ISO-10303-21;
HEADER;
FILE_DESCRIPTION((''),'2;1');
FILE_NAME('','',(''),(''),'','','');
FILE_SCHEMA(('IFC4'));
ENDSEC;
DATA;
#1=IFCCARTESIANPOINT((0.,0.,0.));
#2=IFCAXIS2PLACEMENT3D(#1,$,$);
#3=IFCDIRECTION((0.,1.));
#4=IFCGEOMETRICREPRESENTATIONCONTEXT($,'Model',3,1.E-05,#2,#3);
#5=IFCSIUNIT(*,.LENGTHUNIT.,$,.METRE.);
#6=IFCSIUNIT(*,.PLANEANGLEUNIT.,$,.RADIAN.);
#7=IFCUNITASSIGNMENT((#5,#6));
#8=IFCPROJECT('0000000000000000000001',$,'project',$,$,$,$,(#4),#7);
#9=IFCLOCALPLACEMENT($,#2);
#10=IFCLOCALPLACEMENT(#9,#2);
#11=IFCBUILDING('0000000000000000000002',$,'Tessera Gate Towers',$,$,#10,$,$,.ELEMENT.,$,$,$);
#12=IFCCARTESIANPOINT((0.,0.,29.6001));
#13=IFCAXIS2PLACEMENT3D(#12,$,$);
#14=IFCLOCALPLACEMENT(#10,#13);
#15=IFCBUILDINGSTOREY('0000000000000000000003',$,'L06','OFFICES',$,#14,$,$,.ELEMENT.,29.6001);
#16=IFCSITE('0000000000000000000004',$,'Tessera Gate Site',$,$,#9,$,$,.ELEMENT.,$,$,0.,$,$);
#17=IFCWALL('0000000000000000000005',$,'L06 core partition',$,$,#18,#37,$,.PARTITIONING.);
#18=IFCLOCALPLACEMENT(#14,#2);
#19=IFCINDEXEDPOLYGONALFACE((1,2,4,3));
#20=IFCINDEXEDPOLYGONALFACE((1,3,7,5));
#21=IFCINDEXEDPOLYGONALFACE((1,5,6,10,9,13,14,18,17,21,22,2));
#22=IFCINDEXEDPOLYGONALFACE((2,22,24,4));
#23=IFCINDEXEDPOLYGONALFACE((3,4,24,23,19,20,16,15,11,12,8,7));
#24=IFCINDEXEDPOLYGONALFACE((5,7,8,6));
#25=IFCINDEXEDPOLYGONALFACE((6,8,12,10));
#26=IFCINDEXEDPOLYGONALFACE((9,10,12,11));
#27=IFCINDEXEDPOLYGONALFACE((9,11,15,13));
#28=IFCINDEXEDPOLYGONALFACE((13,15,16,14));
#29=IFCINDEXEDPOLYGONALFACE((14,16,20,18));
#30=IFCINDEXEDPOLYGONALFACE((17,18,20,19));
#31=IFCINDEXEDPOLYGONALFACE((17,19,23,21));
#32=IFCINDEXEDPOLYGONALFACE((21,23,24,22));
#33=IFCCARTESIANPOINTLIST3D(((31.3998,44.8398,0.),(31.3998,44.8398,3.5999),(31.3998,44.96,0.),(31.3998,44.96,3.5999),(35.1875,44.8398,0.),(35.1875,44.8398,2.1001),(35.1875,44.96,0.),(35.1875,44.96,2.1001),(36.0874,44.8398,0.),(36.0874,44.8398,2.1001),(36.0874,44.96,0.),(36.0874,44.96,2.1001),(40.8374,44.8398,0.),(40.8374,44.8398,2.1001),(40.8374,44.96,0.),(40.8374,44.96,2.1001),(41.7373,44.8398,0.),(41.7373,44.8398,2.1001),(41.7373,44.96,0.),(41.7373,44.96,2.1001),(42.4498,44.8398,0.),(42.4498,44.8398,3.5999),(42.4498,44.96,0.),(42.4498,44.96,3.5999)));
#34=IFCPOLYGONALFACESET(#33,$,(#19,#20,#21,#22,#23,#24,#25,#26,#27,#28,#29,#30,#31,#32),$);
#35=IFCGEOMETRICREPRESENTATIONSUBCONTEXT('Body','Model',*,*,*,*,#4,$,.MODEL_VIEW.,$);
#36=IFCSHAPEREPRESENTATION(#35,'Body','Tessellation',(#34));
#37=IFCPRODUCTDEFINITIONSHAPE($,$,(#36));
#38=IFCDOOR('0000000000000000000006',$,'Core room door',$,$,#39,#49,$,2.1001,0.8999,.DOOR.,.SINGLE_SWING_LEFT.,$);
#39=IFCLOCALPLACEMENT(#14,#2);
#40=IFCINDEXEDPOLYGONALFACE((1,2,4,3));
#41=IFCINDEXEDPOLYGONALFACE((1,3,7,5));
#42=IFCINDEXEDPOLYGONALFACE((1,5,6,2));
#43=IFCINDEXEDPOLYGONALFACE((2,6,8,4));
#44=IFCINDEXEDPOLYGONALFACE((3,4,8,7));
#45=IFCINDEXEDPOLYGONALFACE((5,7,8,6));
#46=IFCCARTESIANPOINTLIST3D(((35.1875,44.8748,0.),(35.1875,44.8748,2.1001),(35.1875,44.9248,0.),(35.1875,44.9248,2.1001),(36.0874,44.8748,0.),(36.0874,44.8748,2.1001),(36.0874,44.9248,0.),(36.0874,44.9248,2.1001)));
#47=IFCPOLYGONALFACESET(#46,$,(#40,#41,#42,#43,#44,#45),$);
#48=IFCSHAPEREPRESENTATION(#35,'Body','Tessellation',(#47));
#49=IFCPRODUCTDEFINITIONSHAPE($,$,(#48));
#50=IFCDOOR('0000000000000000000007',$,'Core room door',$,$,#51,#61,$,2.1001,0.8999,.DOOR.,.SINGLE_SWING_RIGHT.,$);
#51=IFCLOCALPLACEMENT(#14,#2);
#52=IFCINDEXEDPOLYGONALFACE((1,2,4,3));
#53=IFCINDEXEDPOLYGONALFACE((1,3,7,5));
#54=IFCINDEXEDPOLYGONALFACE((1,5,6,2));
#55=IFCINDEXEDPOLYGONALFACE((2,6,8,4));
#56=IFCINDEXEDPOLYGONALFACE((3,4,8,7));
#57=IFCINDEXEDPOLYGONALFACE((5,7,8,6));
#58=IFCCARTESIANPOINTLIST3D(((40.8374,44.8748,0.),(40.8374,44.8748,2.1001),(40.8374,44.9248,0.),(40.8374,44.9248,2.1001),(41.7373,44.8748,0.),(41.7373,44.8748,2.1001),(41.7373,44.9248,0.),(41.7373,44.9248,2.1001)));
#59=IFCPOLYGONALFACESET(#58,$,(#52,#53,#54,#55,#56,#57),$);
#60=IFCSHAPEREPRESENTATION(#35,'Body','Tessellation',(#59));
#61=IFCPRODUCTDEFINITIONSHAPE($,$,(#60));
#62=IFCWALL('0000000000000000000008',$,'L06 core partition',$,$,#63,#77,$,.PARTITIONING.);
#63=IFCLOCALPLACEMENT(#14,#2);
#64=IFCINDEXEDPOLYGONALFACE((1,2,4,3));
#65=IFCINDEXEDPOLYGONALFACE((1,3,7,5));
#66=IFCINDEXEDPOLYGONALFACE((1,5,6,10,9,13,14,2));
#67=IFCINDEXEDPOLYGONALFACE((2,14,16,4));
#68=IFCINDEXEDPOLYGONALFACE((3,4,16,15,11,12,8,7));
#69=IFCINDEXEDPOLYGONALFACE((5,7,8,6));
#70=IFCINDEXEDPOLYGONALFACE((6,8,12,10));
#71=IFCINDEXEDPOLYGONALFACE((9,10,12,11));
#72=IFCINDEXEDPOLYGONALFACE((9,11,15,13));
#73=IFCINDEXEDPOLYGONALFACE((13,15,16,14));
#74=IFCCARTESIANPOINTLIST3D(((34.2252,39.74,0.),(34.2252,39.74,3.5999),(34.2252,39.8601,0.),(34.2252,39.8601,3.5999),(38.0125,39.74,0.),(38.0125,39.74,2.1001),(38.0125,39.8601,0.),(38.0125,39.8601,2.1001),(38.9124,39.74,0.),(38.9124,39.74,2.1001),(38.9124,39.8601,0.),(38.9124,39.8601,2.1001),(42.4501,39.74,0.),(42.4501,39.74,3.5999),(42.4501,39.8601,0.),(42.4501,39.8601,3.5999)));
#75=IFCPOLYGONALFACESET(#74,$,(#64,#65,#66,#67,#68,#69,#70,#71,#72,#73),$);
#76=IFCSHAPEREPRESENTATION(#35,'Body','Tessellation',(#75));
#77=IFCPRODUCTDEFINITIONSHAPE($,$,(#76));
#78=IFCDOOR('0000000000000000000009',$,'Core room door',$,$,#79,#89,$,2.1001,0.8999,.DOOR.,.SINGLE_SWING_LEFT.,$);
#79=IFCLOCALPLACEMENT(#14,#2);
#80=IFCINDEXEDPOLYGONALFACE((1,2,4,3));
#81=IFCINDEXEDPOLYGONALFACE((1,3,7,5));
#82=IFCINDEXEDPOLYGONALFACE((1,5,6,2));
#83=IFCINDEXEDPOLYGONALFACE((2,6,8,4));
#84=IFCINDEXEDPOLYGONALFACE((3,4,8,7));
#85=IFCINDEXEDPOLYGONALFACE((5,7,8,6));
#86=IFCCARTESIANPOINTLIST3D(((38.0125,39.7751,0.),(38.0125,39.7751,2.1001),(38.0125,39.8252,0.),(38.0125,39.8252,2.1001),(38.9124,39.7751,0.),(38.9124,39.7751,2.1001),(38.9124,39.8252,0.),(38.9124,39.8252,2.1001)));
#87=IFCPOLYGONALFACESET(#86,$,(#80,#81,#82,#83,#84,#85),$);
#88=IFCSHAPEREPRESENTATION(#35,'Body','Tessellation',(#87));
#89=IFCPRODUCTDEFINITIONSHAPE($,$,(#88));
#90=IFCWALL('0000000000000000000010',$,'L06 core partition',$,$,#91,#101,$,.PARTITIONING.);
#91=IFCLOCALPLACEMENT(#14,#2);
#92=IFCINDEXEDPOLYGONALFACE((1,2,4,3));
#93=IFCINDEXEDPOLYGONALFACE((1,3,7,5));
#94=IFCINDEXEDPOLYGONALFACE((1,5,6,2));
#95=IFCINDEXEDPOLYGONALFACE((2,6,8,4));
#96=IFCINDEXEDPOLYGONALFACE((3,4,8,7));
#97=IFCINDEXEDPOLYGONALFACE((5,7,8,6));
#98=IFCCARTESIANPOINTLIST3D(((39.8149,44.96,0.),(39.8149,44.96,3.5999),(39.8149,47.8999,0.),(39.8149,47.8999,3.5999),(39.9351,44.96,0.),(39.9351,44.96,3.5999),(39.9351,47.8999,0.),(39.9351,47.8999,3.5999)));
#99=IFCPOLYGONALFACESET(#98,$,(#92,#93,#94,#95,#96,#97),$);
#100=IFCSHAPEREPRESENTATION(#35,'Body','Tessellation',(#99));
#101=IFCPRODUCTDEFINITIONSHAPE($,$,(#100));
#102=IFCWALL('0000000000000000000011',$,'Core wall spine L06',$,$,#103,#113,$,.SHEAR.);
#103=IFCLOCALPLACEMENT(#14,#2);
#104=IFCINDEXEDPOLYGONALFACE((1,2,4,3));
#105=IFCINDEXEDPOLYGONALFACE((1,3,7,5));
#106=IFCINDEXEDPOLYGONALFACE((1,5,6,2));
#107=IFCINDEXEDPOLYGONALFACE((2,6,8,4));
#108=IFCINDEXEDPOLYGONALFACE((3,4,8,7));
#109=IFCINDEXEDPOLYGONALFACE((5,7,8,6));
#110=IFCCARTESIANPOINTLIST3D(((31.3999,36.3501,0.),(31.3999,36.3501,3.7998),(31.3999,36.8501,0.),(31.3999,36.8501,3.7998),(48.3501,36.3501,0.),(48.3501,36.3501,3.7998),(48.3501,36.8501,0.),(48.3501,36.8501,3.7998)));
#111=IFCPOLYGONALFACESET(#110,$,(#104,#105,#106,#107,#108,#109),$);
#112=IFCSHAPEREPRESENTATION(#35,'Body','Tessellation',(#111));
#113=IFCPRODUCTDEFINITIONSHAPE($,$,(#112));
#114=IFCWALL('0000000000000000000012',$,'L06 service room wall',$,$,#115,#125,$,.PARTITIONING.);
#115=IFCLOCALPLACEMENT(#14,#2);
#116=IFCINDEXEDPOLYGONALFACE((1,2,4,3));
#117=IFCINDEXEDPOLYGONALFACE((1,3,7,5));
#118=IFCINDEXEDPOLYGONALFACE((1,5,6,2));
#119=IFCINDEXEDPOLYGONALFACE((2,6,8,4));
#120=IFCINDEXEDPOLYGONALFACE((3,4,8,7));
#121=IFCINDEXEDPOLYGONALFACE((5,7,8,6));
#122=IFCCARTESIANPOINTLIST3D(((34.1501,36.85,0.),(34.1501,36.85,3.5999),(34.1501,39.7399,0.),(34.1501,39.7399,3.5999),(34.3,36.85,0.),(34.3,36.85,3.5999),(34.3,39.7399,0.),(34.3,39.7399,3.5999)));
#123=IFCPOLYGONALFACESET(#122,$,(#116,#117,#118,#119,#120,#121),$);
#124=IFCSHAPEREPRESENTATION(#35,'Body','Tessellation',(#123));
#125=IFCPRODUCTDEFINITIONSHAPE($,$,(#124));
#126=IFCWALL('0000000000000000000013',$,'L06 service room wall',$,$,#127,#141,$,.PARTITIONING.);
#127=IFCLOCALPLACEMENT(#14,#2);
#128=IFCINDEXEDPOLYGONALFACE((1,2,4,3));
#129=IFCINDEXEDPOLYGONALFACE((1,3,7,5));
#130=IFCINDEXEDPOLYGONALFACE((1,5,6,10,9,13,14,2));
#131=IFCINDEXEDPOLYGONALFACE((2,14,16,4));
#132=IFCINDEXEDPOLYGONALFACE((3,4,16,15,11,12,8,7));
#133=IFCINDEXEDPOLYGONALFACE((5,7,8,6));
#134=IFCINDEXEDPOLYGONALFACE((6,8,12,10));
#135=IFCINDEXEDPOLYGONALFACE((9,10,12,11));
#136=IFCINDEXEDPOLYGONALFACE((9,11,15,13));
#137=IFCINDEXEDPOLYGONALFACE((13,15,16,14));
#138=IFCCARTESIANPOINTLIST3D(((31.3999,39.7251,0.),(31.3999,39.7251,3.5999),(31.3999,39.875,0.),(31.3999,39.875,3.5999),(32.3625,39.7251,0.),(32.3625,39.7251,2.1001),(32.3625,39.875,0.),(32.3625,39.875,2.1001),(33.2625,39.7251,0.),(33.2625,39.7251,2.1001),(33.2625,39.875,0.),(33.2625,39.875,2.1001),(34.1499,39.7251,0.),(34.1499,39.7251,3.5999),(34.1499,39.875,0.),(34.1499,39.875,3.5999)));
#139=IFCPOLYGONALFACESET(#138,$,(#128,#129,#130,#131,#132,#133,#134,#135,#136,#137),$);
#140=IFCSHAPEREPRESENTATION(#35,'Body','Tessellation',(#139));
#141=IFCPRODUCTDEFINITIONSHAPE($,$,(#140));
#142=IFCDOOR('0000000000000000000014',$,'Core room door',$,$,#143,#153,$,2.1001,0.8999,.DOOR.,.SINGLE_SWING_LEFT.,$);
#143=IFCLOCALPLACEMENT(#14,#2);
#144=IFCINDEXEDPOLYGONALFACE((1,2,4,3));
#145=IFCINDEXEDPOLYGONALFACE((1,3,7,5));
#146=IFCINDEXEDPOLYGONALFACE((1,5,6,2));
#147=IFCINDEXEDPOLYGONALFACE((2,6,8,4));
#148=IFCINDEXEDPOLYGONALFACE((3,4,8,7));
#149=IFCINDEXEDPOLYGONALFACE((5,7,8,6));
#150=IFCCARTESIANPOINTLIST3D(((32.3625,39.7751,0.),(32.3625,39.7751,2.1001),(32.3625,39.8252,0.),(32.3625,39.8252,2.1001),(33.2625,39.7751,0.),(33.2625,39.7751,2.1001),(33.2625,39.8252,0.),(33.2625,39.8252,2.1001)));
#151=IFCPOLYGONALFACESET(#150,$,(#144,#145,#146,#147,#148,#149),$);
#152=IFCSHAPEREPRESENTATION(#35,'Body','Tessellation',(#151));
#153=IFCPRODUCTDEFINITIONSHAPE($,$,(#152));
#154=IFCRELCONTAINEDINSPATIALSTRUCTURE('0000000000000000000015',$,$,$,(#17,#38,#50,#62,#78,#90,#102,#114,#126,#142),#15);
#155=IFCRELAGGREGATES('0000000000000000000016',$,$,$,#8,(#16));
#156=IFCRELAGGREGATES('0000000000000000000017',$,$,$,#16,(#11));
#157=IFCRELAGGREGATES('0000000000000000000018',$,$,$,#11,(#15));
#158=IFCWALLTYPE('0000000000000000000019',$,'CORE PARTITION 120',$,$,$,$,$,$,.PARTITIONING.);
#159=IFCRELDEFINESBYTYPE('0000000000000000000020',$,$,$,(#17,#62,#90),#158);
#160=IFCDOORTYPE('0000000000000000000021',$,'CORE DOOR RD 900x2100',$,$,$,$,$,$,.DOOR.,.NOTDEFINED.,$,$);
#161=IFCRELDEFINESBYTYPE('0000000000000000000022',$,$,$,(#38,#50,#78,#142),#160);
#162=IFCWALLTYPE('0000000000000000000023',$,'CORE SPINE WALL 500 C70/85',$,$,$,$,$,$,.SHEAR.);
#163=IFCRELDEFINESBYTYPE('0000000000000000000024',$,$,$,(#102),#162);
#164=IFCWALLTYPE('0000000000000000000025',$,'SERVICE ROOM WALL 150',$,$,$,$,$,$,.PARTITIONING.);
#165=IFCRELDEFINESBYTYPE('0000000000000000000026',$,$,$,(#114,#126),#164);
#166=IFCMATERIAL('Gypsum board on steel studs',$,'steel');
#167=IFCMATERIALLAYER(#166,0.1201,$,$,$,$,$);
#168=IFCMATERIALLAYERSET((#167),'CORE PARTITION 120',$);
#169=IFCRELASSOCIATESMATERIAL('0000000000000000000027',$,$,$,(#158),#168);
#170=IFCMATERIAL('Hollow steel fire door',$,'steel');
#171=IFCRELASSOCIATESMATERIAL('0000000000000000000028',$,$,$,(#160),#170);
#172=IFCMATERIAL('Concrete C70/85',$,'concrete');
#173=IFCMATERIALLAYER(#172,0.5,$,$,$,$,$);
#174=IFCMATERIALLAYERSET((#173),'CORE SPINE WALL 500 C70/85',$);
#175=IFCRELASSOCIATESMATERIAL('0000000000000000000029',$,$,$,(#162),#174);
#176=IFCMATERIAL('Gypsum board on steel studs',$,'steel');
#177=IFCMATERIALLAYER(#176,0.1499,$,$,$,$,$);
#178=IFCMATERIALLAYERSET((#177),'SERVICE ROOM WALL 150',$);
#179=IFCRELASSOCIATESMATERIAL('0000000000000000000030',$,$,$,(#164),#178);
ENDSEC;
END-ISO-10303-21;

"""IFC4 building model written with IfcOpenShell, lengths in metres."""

from ifc_helpers import new_model, si_unit, direction, frame, frame_2d, origin, place, context, subcontext, project, spatial, rectangle, extrude, source, transform, mapped, material, layer, layer_set, type_object, element, fill, save


model = new_model("IFC4")

# Units and contexts
model_context = context("Model", 3, precision=1e-05, world=origin(), true_north=direction((0.0, 1.0)))
body_context = subcontext(model_context, "Body", "Model", "MODEL_VIEW")
ifc_project = project(units=[si_unit("LENGTHUNIT", "METRE"), si_unit("PLANEANGLEUNIT", "RADIAN")], contexts=[model_context])

# Site, building, storey
site_placement = place(None, origin())
site = spatial("IfcSite", under=ifc_project, at=site_placement, Name="Tessera Gate Site", CompositionType="ELEMENT", RefElevation=0.0)
building_placement = place(site_placement, origin())
building = spatial("IfcBuilding", under=site, at=building_placement, Name="Tessera Gate Towers", CompositionType="ELEMENT")
storey_placement = place(building_placement, frame((0.0, 0.0, 29.6001)))
storey = spatial("IfcBuildingStorey", under=building, at=storey_placement, Name="L06", Description="OFFICES", CompositionType="ELEMENT", Elevation=29.6001)

# Wall, openings, doors
ifc_material_1 = material(Name="Gypsum board on steel studs", Category="steel")
ifc_layer_1 = layer(ifc_material_1, 0.1201)
ifc_layer_set_1 = layer_set([ifc_layer_1], Name="CORE PARTITION 120")
wall_type_1 = type_object("IfcWallType", Name="CORE PARTITION 120", PredefinedType="PARTITIONING", material=ifc_layer_set_1)
wall_1_placement = place(storey_placement, frame((31.3999, 44.8999, 0.0), z_axis=(0.0, 0.0, 1.0), x_axis=(1.0, 0.0, 0.0)))
wall_1 = element("IfcWall", 1, at=wall_1_placement, inside=storey, type_object=wall_type_1, Name="L06 core partition", PredefinedType="PARTITIONING", context=body_context, shape_type="SweptSolid", body=[
    extrude(rectangle(XDim=11.05, YDim=0.1201, at=frame_2d((5.5249, 0.0))), origin(), (0.0, 0.0, 1.0), 3.5999),
])
shared_shape_1 = source(origin(), body_context, "Body", "SweptSolid", [
    extrude(rectangle(XDim=0.8999, YDim=2.1001, at=frame_2d((0.45, 1.05))), frame((0.0, 0.0701, 0.0), z_axis=(0.0, -1.0, 0.0), x_axis=(1.0, 0.0, 0.0)), (0.0, 0.0, 1.0), 0.1401),
])
opening_1_placement = place(wall_1_placement, frame((3.7876, 0.0, 0.0)))
opening_1 = element("IfcOpeningElement", 2, at=opening_1_placement, cuts=wall_1, PredefinedType="OPENING", context=body_context, shape_type="MappedRepresentation", body=[
    mapped(shared_shape_1, transform((0.0, 0.0, 0.0), scale=1.0)),
])
opening_2_placement = place(wall_1_placement, frame((9.4375, 0.0, 0.0)))
opening_2 = element("IfcOpeningElement", 3, at=opening_2_placement, cuts=wall_1, PredefinedType="OPENING", context=body_context, shape_type="MappedRepresentation", body=[
    mapped(shared_shape_1, transform((0.0, 0.0, 0.0), scale=1.0)),
])
ifc_material_2 = material(Name="Hollow steel fire door", Category="steel")
door_type_1 = type_object("IfcDoorType", Name="CORE DOOR RD 900x2100", OperationType="NOTDEFINED", PredefinedType="DOOR", material=ifc_material_2)
shared_shape_2 = source(origin(), body_context, "Body", "SweptSolid", [
    extrude(rectangle(XDim=0.8999, YDim=2.1001, at=frame_2d((0.45, 1.05))), frame((0.0, 0.0249, 0.0), z_axis=(0.0, -1.0, 0.0), x_axis=(1.0, 0.0, 0.0)), (0.0, 0.0, 1.0), 0.05),
])
door_1_placement = place(opening_1_placement, origin())
door_1 = element("IfcDoor", 4, at=door_1_placement, inside=storey, type_object=door_type_1, Name="Core room door", OperationType="SINGLE_SWING_LEFT", OverallHeight=2.1001, OverallWidth=0.8999, PredefinedType="DOOR", context=body_context, shape_type="MappedRepresentation", body=[
    mapped(shared_shape_2, transform((0.0, 0.0, 0.0), scale=1.0)),
])
fill(opening_1, door_1)
door_2_placement = place(opening_2_placement, origin())
door_2 = element("IfcDoor", 5, at=door_2_placement, inside=storey, type_object=door_type_1, Name="Core room door", OperationType="SINGLE_SWING_RIGHT", OverallHeight=2.1001, OverallWidth=0.8999, PredefinedType="DOOR", context=body_context, shape_type="MappedRepresentation", body=[
    mapped(shared_shape_2, transform((0.0, 0.0, 0.0), scale=1.0)),
])
fill(opening_2, door_2)

# Wall, opening, door
wall_2_placement = place(storey_placement, frame((42.45, 39.8, 0.0), z_axis=(0.0, 0.0, 1.0), x_axis=(-1.0, 0.0, 0.0)))
wall_2 = element("IfcWall", 6, at=wall_2_placement, inside=storey, type_object=wall_type_1, Name="L06 core partition", PredefinedType="PARTITIONING", context=body_context, shape_type="SweptSolid", body=[
    extrude(rectangle(XDim=8.2249, YDim=0.1201, at=frame_2d((4.1123, 0.0))), origin(), (0.0, 0.0, 1.0), 3.5999),
])
opening_3_placement = place(wall_2_placement, frame((3.5376, 0.0, 0.0)))
opening_3 = element("IfcOpeningElement", 7, at=opening_3_placement, cuts=wall_2, PredefinedType="OPENING", context=body_context, shape_type="MappedRepresentation", body=[
    mapped(shared_shape_1, transform((0.0, 0.0, 0.0), scale=1.0)),
])
door_3_placement = place(opening_3_placement, origin())
door_3 = element("IfcDoor", 8, at=door_3_placement, inside=storey, type_object=door_type_1, Name="Core room door", OperationType="SINGLE_SWING_LEFT", OverallHeight=2.1001, OverallWidth=0.8999, PredefinedType="DOOR", context=body_context, shape_type="MappedRepresentation", body=[
    mapped(shared_shape_2, transform((0.0, 0.0, 0.0), scale=1.0)),
])
fill(opening_3, door_3)

# Walls
wall_3_placement = place(storey_placement, frame((39.875, 44.96, 0.0), z_axis=(0.0, 0.0, 1.0), x_axis=(0.0, 1.0, 0.0)))
element("IfcWall", 9, at=wall_3_placement, inside=storey, type_object=wall_type_1, Name="L06 core partition", PredefinedType="PARTITIONING", context=body_context, shape_type="SweptSolid", body=[
    extrude(rectangle(XDim=2.9399, YDim=0.1201, at=frame_2d((1.47, 0.0))), origin(), (0.0, 0.0, 1.0), 3.5999),
])
ifc_material_3 = material(Name="Concrete C70/85", Category="concrete")
ifc_layer_2 = layer(ifc_material_3, 0.5)
ifc_layer_set_2 = layer_set([ifc_layer_2], Name="CORE SPINE WALL 500 C70/85")
wall_type_2 = type_object("IfcWallType", Name="CORE SPINE WALL 500 C70/85", PredefinedType="SHEAR", material=ifc_layer_set_2)
wall_4_placement = place(storey_placement, frame((31.3999, 36.6001, 0.0), z_axis=(0.0, 0.0, 1.0), x_axis=(1.0, 0.0, 0.0)))
element("IfcWall", 10, at=wall_4_placement, inside=storey, type_object=wall_type_2, Name="Core wall spine L06", PredefinedType="SHEAR", context=body_context, shape_type="SweptSolid", body=[
    extrude(rectangle(XDim=16.9502, YDim=0.5, at=frame_2d((8.4751, 0.0))), origin(), (0.0, 0.0, 1.0), 3.7998),
])
ifc_material_4 = material(Name="Gypsum board on steel studs", Category="steel")
ifc_layer_3 = layer(ifc_material_4, 0.1499)
ifc_layer_set_3 = layer_set([ifc_layer_3], Name="SERVICE ROOM WALL 150")
wall_type_3 = type_object("IfcWallType", Name="SERVICE ROOM WALL 150", PredefinedType="PARTITIONING", material=ifc_layer_set_3)
wall_5_placement = place(storey_placement, frame((34.2251, 36.8501, 0.0), z_axis=(0.0, 0.0, 1.0), x_axis=(0.0, 1.0, 0.0)))
element("IfcWall", 11, at=wall_5_placement, inside=storey, type_object=wall_type_3, Name="L06 service room wall", PredefinedType="PARTITIONING", context=body_context, shape_type="SweptSolid", body=[
    extrude(rectangle(XDim=2.8899, YDim=0.1499, at=frame_2d((1.4448, 0.0))), origin(), (0.0, 0.0, 1.0), 3.5999),
])

# Wall, opening, door
wall_6_placement = place(storey_placement, frame((34.1499, 39.8, 0.0), z_axis=(0.0, 0.0, 1.0), x_axis=(-1.0, 0.0, 0.0)))
wall_6 = element("IfcWall", 12, at=wall_6_placement, inside=storey, type_object=wall_type_3, Name="L06 service room wall", PredefinedType="PARTITIONING", context=body_context, shape_type="SweptSolid", body=[
    extrude(rectangle(XDim=2.75, YDim=0.1499, at=frame_2d((1.375, 0.0))), origin(), (0.0, 0.0, 1.0), 3.5999),
])
shared_shape_3 = source(origin(), body_context, "Body", "SweptSolid", [
    extrude(rectangle(XDim=0.8999, YDim=2.1001, at=frame_2d((0.45, 1.05))), frame((0.0, 0.085, 0.0), z_axis=(0.0, -1.0, 0.0), x_axis=(1.0, 0.0, 0.0)), (0.0, 0.0, 1.0), 0.1699),
])
opening_4_placement = place(wall_6_placement, frame((0.8875, 0.0, 0.0)))
opening_4 = element("IfcOpeningElement", 13, at=opening_4_placement, cuts=wall_6, PredefinedType="OPENING", context=body_context, shape_type="MappedRepresentation", body=[
    mapped(shared_shape_3, transform((0.0, 0.0, 0.0), scale=1.0)),
])
door_4_placement = place(opening_4_placement, origin())
door_4 = element("IfcDoor", 14, at=door_4_placement, inside=storey, type_object=door_type_1, Name="Core room door", OperationType="SINGLE_SWING_LEFT", OverallHeight=2.1001, OverallWidth=0.8999, PredefinedType="DOOR", context=body_context, shape_type="MappedRepresentation", body=[
    mapped(shared_shape_2, transform((0.0, 0.0, 0.0), scale=1.0)),
])
fill(opening_4, door_4)

save(model, "model.ifc")
